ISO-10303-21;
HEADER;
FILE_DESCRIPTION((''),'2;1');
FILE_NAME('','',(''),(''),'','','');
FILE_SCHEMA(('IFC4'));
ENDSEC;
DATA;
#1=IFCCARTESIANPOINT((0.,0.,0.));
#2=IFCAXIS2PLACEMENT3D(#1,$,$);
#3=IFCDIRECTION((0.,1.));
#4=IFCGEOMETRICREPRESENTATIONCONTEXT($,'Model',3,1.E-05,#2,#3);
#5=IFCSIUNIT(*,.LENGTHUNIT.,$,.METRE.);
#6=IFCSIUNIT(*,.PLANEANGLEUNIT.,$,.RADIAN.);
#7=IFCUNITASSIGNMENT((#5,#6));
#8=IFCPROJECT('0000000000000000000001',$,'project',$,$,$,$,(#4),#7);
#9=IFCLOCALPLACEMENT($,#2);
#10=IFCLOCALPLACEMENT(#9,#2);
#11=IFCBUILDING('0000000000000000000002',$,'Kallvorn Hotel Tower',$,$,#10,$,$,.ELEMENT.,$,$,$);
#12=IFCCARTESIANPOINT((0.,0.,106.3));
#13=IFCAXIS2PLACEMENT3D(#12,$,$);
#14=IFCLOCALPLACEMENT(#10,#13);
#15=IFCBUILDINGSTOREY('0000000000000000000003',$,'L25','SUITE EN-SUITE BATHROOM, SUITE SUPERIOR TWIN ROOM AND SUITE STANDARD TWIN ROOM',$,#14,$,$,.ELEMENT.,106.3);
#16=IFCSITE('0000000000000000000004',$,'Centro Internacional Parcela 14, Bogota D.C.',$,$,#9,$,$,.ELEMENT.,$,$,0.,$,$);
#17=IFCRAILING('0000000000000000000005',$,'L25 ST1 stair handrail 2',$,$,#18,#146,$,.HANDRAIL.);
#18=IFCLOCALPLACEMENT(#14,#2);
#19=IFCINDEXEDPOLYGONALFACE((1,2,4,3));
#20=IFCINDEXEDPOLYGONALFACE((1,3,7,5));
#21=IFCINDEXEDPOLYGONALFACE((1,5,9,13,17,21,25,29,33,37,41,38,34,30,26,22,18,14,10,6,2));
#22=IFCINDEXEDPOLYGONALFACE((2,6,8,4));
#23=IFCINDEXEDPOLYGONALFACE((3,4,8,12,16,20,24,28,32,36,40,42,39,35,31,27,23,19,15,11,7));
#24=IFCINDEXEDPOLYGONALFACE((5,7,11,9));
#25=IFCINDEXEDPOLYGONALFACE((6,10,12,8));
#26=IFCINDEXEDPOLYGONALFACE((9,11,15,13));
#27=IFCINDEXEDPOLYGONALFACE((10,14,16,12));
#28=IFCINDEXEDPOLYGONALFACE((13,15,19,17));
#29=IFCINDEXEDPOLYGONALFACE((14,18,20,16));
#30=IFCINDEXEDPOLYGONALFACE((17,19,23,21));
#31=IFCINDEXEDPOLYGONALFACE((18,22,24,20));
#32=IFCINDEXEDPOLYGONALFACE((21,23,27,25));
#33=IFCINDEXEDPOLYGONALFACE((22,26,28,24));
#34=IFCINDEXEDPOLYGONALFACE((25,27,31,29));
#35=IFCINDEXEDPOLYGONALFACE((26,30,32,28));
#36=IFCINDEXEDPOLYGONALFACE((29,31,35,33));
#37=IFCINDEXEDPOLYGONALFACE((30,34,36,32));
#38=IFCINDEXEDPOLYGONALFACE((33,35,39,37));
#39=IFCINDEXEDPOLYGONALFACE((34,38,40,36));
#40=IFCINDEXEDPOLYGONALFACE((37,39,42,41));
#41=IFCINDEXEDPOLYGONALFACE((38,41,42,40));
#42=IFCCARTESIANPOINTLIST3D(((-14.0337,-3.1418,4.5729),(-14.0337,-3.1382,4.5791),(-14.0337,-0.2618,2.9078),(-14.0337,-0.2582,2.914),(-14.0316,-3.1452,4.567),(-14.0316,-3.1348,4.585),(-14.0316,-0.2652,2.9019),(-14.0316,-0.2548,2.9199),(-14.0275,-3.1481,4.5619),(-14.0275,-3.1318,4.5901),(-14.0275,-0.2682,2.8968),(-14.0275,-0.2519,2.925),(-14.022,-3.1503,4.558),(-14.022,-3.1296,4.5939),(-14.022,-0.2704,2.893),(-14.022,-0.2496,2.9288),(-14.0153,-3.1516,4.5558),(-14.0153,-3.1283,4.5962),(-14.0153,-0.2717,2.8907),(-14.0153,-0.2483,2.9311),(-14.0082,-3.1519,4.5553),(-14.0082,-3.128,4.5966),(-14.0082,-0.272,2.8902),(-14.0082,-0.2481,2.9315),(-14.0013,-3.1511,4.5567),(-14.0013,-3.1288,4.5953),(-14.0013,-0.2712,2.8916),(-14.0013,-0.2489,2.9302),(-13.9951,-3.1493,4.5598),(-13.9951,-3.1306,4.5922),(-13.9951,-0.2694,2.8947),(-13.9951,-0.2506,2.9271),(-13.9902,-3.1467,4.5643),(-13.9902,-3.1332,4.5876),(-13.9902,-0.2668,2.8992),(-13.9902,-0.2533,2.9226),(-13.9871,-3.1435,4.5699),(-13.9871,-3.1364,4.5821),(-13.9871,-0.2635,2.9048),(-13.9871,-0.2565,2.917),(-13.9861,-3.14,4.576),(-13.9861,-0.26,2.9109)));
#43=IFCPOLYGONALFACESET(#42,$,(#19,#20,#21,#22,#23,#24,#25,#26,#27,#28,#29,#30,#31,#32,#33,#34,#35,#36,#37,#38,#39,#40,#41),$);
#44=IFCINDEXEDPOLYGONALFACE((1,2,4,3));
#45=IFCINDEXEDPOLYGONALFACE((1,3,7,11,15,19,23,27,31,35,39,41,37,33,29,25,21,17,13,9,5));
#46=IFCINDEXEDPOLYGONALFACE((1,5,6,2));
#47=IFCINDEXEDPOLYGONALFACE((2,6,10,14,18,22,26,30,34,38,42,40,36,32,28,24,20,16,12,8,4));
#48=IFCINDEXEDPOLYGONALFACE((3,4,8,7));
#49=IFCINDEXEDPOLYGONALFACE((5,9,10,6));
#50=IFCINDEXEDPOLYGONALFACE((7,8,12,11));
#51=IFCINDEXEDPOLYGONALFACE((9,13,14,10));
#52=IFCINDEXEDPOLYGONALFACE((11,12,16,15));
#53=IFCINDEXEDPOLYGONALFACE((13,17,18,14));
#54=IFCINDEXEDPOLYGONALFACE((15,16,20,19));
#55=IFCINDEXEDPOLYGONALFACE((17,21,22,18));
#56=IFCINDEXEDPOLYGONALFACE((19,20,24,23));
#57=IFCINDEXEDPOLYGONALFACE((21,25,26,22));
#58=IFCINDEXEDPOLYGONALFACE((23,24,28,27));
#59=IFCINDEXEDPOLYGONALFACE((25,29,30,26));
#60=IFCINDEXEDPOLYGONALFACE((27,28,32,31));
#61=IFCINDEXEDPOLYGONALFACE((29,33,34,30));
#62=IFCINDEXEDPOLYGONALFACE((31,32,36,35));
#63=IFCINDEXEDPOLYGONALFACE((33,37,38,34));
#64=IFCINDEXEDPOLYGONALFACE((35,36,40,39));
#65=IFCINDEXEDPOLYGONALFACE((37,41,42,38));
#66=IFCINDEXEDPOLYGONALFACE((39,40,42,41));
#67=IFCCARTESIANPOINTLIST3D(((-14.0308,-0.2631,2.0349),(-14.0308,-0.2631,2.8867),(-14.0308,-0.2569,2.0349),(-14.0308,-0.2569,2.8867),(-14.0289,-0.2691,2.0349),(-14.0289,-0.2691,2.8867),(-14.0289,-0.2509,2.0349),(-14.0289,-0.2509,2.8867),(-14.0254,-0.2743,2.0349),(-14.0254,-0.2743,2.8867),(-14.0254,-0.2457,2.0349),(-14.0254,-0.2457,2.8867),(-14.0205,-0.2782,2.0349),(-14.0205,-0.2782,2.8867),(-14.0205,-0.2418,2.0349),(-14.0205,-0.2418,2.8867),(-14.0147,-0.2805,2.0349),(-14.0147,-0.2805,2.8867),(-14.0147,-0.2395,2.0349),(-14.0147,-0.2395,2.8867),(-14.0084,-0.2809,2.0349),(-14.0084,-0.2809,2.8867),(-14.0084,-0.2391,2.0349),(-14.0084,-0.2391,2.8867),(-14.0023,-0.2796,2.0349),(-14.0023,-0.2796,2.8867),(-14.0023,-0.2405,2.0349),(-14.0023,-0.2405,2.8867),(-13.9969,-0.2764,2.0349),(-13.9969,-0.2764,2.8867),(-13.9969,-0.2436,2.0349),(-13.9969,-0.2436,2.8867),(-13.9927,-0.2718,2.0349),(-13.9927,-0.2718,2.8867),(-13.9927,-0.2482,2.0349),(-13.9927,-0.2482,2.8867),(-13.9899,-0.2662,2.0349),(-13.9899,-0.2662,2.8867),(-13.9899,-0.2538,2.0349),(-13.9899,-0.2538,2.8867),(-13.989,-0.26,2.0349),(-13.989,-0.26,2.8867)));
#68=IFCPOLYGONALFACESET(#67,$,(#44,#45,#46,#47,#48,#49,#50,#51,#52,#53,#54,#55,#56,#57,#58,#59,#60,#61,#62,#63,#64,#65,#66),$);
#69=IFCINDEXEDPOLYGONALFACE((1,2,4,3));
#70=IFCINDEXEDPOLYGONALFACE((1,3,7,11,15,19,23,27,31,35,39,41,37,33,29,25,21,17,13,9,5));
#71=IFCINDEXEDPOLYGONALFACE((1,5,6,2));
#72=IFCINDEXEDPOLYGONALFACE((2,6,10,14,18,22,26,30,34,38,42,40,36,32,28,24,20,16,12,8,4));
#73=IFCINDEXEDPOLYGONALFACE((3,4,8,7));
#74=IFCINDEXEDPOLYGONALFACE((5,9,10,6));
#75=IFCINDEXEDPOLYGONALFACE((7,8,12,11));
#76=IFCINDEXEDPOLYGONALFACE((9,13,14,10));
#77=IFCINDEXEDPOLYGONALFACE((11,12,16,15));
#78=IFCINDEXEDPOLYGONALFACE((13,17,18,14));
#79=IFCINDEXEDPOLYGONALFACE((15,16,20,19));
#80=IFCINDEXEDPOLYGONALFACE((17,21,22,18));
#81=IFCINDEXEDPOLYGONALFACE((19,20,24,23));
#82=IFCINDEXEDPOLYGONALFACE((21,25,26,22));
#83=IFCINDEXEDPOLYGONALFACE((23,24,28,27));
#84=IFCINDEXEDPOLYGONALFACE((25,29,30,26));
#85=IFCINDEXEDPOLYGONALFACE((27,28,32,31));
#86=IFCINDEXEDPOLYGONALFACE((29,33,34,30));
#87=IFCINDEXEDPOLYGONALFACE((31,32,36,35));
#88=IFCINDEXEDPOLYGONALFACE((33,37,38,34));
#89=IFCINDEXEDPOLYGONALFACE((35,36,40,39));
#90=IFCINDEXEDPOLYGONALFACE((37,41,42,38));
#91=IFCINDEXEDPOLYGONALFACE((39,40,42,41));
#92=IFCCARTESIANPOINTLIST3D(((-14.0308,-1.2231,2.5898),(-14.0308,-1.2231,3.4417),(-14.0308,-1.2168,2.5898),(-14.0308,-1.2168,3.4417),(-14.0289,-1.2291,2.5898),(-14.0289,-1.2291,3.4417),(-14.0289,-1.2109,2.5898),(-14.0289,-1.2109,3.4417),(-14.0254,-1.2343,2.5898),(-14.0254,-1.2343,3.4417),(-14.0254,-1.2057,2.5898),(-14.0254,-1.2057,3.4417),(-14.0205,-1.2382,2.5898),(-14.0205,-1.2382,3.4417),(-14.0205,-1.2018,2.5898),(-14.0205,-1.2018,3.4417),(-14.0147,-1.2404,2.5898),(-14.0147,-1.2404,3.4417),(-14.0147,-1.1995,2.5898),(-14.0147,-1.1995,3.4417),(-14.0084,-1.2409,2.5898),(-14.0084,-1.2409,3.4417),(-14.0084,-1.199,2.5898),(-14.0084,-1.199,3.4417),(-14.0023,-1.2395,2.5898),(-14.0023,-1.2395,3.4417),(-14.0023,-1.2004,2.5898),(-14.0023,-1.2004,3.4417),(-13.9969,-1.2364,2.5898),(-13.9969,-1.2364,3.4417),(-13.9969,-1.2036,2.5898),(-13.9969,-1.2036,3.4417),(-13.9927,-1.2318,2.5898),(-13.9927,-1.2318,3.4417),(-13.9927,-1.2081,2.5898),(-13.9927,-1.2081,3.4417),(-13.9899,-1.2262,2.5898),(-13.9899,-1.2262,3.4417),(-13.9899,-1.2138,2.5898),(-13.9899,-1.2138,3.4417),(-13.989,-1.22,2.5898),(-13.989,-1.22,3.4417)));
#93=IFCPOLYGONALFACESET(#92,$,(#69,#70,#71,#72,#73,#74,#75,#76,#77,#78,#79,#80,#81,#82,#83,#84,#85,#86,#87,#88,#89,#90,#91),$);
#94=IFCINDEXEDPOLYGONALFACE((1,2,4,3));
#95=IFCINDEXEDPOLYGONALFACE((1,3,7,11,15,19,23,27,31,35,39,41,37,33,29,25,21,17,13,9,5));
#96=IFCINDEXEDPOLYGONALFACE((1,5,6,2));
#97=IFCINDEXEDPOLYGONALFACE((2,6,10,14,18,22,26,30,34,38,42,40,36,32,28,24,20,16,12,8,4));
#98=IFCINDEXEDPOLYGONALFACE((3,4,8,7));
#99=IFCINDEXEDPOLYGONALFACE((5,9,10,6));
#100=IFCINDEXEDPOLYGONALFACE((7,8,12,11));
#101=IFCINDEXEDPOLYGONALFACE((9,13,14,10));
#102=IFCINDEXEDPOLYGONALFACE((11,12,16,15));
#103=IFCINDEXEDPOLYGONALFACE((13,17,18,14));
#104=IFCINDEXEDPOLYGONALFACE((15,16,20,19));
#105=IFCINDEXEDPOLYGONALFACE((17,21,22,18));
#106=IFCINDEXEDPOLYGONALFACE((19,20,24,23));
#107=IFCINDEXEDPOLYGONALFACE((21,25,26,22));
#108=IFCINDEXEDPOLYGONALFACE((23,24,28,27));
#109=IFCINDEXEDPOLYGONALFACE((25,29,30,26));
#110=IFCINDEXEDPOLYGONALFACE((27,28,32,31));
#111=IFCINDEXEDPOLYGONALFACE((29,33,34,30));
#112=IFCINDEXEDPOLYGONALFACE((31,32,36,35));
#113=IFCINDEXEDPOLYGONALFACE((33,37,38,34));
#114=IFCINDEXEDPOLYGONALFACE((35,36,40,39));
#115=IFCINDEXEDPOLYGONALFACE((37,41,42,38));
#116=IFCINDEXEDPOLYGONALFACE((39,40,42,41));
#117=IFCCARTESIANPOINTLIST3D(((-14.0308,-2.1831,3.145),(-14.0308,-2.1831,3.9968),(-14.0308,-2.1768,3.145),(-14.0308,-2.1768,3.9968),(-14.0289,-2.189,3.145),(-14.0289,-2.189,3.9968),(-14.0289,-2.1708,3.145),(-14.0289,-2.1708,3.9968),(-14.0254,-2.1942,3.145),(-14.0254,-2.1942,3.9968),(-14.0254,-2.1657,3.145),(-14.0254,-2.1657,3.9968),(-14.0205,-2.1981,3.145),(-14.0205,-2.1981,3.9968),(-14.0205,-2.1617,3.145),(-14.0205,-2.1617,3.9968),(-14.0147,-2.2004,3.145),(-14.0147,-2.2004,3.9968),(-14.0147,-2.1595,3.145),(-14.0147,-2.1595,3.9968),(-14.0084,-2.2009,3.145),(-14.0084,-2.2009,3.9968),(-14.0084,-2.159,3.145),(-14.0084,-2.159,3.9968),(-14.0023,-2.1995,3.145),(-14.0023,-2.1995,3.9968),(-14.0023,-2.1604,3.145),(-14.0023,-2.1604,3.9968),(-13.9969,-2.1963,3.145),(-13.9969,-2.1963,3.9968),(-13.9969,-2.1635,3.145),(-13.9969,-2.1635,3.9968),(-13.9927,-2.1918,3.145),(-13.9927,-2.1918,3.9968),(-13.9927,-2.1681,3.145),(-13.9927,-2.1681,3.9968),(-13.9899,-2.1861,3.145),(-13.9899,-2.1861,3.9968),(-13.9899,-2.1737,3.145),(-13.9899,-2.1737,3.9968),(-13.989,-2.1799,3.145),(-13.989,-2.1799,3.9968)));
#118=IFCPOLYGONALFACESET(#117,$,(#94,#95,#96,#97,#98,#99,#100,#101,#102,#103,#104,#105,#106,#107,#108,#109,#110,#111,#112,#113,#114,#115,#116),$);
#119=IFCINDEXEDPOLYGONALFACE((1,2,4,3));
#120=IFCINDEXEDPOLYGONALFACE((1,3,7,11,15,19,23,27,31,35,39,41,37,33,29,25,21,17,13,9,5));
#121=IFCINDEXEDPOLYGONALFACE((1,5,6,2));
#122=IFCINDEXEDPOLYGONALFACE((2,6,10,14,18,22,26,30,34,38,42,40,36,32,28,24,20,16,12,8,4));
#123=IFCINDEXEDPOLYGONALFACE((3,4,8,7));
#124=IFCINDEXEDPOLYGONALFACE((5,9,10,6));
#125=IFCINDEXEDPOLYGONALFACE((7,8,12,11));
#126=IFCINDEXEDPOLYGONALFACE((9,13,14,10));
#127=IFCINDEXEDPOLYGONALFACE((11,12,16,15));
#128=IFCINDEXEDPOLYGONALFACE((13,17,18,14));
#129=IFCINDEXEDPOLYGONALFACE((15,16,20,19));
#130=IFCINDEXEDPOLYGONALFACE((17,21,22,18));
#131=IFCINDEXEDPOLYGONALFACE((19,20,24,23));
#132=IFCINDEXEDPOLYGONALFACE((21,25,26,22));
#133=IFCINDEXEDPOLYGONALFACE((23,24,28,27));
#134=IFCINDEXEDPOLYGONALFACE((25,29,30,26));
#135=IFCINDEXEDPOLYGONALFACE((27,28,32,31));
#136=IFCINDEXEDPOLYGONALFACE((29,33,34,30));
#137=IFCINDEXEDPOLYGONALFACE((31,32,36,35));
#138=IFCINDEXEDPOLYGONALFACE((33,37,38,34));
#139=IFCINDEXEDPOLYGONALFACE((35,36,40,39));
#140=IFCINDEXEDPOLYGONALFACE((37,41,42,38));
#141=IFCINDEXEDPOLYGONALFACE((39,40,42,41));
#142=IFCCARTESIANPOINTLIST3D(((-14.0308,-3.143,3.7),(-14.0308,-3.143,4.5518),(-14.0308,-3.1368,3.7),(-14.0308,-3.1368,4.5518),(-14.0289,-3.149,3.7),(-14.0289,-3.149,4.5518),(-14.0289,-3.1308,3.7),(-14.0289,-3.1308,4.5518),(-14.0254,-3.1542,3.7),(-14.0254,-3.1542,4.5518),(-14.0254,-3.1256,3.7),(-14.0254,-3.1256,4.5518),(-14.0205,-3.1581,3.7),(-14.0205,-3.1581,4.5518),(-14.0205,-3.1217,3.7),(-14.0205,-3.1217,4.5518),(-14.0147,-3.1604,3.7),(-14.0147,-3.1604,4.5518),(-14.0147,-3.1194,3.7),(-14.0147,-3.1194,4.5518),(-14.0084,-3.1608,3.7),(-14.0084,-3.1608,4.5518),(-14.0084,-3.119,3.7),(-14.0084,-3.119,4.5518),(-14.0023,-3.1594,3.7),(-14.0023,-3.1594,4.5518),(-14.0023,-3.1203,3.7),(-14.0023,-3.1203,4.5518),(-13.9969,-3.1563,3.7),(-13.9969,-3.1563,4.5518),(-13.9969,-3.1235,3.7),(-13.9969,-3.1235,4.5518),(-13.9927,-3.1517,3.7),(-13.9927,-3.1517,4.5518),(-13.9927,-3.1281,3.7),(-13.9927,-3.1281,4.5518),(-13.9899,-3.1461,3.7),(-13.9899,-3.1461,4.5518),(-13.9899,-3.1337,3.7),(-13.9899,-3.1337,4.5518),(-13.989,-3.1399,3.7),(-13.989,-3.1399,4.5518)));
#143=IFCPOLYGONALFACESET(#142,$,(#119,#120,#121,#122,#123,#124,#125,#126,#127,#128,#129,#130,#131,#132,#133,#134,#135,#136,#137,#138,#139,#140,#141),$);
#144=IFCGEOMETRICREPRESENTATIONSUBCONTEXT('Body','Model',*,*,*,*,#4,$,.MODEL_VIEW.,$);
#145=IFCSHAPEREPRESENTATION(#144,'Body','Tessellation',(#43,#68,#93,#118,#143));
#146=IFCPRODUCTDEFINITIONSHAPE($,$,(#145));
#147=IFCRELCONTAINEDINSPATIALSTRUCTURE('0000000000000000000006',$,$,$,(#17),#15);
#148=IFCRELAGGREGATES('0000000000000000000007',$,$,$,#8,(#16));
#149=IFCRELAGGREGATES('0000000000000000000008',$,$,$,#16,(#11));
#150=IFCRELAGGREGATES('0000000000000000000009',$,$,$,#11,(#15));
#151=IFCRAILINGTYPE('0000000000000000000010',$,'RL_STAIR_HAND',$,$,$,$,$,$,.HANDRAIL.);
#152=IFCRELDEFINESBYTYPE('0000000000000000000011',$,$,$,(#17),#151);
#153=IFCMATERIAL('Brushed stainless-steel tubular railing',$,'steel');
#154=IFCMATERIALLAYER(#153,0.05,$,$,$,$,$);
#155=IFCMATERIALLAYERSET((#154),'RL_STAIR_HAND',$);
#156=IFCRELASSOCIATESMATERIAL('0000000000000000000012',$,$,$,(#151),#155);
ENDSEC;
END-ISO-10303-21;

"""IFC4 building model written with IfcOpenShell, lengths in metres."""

from ifc_helpers import new_model, si_unit, direction, frame, origin, origin_2d, place, context, subcontext, project, spatial, circle, extrude, material, layer, layer_set, type_object, element, save


model = new_model("IFC4")

# Units and contexts
model_context = context("Model", 3, precision=1e-05, world=origin(), true_north=direction((0.0, 1.0)))
body_context = subcontext(model_context, "Body", "Model", "MODEL_VIEW")
ifc_project = project(units=[si_unit("LENGTHUNIT", "METRE"), si_unit("PLANEANGLEUNIT", "RADIAN")], contexts=[model_context])

# Site, building, storey
site_placement = place(None, origin())
site = spatial("IfcSite", under=ifc_project, at=site_placement, Name="Centro Internacional Parcela 14, Bogota D.C.", CompositionType="ELEMENT", RefElevation=0.0)
building_placement = place(site_placement, origin())
building = spatial("IfcBuilding", under=site, at=building_placement, Name="Kallvorn Hotel Tower", CompositionType="ELEMENT")
storey_placement = place(building_placement, frame((0.0, 0.0, 106.3)))
storey = spatial("IfcBuildingStorey", under=building, at=storey_placement, Name="L25", Description="SUITE EN-SUITE BATHROOM, SUITE SUPERIOR TWIN ROOM AND SUITE STANDARD TWIN ROOM", CompositionType="ELEMENT", Elevation=106.3)

# Railing
ifc_material_1 = material(Name="Brushed stainless-steel tubular railing", Category="steel")
ifc_layer_1 = layer(ifc_material_1, 0.05)
ifc_layer_set_1 = layer_set([ifc_layer_1], Name="RL_STAIR_HAND")
railing_type_1 = type_object("IfcRailingType", Name="RL_STAIR_HAND", PredefinedType="HANDRAIL", material=ifc_layer_set_1)
railing_1_placement = place(storey_placement, frame((-14.01, -0.26, 2.0349)))
element("IfcRailing", 1, at=railing_1_placement, inside=storey, type_object=railing_type_1, Name="L25 ST1 stair handrail 2", PredefinedType="HANDRAIL", context=body_context, shape_type="SweptSolid", body=[
    extrude(circle(Radius=0.0239, at=origin_2d()), frame((0.0, 0.0, 0.876), z_axis=(0.0, -0.865721, 0.500527), x_axis=(1.0, 0.0, 0.0)), (0.0, 0.0, 1.0), 3.3267),
    extrude(circle(Radius=0.021, at=origin_2d()), origin(), (0.0, 0.0, 1.0), 0.8518),
    extrude(circle(Radius=0.021, at=origin_2d()), frame((0.0, -0.96, 0.5549)), (0.0, 0.0, 1.0), 0.8518),
    extrude(circle(Radius=0.021, at=origin_2d()), frame((0.0, -1.9199, 1.1101)), (0.0, 0.0, 1.0), 0.8518),
    extrude(circle(Radius=0.021, at=origin_2d()), frame((0.0, -2.8799, 1.665)), (0.0, 0.0, 1.0), 0.8518),
])

save(model, "model.ifc")
